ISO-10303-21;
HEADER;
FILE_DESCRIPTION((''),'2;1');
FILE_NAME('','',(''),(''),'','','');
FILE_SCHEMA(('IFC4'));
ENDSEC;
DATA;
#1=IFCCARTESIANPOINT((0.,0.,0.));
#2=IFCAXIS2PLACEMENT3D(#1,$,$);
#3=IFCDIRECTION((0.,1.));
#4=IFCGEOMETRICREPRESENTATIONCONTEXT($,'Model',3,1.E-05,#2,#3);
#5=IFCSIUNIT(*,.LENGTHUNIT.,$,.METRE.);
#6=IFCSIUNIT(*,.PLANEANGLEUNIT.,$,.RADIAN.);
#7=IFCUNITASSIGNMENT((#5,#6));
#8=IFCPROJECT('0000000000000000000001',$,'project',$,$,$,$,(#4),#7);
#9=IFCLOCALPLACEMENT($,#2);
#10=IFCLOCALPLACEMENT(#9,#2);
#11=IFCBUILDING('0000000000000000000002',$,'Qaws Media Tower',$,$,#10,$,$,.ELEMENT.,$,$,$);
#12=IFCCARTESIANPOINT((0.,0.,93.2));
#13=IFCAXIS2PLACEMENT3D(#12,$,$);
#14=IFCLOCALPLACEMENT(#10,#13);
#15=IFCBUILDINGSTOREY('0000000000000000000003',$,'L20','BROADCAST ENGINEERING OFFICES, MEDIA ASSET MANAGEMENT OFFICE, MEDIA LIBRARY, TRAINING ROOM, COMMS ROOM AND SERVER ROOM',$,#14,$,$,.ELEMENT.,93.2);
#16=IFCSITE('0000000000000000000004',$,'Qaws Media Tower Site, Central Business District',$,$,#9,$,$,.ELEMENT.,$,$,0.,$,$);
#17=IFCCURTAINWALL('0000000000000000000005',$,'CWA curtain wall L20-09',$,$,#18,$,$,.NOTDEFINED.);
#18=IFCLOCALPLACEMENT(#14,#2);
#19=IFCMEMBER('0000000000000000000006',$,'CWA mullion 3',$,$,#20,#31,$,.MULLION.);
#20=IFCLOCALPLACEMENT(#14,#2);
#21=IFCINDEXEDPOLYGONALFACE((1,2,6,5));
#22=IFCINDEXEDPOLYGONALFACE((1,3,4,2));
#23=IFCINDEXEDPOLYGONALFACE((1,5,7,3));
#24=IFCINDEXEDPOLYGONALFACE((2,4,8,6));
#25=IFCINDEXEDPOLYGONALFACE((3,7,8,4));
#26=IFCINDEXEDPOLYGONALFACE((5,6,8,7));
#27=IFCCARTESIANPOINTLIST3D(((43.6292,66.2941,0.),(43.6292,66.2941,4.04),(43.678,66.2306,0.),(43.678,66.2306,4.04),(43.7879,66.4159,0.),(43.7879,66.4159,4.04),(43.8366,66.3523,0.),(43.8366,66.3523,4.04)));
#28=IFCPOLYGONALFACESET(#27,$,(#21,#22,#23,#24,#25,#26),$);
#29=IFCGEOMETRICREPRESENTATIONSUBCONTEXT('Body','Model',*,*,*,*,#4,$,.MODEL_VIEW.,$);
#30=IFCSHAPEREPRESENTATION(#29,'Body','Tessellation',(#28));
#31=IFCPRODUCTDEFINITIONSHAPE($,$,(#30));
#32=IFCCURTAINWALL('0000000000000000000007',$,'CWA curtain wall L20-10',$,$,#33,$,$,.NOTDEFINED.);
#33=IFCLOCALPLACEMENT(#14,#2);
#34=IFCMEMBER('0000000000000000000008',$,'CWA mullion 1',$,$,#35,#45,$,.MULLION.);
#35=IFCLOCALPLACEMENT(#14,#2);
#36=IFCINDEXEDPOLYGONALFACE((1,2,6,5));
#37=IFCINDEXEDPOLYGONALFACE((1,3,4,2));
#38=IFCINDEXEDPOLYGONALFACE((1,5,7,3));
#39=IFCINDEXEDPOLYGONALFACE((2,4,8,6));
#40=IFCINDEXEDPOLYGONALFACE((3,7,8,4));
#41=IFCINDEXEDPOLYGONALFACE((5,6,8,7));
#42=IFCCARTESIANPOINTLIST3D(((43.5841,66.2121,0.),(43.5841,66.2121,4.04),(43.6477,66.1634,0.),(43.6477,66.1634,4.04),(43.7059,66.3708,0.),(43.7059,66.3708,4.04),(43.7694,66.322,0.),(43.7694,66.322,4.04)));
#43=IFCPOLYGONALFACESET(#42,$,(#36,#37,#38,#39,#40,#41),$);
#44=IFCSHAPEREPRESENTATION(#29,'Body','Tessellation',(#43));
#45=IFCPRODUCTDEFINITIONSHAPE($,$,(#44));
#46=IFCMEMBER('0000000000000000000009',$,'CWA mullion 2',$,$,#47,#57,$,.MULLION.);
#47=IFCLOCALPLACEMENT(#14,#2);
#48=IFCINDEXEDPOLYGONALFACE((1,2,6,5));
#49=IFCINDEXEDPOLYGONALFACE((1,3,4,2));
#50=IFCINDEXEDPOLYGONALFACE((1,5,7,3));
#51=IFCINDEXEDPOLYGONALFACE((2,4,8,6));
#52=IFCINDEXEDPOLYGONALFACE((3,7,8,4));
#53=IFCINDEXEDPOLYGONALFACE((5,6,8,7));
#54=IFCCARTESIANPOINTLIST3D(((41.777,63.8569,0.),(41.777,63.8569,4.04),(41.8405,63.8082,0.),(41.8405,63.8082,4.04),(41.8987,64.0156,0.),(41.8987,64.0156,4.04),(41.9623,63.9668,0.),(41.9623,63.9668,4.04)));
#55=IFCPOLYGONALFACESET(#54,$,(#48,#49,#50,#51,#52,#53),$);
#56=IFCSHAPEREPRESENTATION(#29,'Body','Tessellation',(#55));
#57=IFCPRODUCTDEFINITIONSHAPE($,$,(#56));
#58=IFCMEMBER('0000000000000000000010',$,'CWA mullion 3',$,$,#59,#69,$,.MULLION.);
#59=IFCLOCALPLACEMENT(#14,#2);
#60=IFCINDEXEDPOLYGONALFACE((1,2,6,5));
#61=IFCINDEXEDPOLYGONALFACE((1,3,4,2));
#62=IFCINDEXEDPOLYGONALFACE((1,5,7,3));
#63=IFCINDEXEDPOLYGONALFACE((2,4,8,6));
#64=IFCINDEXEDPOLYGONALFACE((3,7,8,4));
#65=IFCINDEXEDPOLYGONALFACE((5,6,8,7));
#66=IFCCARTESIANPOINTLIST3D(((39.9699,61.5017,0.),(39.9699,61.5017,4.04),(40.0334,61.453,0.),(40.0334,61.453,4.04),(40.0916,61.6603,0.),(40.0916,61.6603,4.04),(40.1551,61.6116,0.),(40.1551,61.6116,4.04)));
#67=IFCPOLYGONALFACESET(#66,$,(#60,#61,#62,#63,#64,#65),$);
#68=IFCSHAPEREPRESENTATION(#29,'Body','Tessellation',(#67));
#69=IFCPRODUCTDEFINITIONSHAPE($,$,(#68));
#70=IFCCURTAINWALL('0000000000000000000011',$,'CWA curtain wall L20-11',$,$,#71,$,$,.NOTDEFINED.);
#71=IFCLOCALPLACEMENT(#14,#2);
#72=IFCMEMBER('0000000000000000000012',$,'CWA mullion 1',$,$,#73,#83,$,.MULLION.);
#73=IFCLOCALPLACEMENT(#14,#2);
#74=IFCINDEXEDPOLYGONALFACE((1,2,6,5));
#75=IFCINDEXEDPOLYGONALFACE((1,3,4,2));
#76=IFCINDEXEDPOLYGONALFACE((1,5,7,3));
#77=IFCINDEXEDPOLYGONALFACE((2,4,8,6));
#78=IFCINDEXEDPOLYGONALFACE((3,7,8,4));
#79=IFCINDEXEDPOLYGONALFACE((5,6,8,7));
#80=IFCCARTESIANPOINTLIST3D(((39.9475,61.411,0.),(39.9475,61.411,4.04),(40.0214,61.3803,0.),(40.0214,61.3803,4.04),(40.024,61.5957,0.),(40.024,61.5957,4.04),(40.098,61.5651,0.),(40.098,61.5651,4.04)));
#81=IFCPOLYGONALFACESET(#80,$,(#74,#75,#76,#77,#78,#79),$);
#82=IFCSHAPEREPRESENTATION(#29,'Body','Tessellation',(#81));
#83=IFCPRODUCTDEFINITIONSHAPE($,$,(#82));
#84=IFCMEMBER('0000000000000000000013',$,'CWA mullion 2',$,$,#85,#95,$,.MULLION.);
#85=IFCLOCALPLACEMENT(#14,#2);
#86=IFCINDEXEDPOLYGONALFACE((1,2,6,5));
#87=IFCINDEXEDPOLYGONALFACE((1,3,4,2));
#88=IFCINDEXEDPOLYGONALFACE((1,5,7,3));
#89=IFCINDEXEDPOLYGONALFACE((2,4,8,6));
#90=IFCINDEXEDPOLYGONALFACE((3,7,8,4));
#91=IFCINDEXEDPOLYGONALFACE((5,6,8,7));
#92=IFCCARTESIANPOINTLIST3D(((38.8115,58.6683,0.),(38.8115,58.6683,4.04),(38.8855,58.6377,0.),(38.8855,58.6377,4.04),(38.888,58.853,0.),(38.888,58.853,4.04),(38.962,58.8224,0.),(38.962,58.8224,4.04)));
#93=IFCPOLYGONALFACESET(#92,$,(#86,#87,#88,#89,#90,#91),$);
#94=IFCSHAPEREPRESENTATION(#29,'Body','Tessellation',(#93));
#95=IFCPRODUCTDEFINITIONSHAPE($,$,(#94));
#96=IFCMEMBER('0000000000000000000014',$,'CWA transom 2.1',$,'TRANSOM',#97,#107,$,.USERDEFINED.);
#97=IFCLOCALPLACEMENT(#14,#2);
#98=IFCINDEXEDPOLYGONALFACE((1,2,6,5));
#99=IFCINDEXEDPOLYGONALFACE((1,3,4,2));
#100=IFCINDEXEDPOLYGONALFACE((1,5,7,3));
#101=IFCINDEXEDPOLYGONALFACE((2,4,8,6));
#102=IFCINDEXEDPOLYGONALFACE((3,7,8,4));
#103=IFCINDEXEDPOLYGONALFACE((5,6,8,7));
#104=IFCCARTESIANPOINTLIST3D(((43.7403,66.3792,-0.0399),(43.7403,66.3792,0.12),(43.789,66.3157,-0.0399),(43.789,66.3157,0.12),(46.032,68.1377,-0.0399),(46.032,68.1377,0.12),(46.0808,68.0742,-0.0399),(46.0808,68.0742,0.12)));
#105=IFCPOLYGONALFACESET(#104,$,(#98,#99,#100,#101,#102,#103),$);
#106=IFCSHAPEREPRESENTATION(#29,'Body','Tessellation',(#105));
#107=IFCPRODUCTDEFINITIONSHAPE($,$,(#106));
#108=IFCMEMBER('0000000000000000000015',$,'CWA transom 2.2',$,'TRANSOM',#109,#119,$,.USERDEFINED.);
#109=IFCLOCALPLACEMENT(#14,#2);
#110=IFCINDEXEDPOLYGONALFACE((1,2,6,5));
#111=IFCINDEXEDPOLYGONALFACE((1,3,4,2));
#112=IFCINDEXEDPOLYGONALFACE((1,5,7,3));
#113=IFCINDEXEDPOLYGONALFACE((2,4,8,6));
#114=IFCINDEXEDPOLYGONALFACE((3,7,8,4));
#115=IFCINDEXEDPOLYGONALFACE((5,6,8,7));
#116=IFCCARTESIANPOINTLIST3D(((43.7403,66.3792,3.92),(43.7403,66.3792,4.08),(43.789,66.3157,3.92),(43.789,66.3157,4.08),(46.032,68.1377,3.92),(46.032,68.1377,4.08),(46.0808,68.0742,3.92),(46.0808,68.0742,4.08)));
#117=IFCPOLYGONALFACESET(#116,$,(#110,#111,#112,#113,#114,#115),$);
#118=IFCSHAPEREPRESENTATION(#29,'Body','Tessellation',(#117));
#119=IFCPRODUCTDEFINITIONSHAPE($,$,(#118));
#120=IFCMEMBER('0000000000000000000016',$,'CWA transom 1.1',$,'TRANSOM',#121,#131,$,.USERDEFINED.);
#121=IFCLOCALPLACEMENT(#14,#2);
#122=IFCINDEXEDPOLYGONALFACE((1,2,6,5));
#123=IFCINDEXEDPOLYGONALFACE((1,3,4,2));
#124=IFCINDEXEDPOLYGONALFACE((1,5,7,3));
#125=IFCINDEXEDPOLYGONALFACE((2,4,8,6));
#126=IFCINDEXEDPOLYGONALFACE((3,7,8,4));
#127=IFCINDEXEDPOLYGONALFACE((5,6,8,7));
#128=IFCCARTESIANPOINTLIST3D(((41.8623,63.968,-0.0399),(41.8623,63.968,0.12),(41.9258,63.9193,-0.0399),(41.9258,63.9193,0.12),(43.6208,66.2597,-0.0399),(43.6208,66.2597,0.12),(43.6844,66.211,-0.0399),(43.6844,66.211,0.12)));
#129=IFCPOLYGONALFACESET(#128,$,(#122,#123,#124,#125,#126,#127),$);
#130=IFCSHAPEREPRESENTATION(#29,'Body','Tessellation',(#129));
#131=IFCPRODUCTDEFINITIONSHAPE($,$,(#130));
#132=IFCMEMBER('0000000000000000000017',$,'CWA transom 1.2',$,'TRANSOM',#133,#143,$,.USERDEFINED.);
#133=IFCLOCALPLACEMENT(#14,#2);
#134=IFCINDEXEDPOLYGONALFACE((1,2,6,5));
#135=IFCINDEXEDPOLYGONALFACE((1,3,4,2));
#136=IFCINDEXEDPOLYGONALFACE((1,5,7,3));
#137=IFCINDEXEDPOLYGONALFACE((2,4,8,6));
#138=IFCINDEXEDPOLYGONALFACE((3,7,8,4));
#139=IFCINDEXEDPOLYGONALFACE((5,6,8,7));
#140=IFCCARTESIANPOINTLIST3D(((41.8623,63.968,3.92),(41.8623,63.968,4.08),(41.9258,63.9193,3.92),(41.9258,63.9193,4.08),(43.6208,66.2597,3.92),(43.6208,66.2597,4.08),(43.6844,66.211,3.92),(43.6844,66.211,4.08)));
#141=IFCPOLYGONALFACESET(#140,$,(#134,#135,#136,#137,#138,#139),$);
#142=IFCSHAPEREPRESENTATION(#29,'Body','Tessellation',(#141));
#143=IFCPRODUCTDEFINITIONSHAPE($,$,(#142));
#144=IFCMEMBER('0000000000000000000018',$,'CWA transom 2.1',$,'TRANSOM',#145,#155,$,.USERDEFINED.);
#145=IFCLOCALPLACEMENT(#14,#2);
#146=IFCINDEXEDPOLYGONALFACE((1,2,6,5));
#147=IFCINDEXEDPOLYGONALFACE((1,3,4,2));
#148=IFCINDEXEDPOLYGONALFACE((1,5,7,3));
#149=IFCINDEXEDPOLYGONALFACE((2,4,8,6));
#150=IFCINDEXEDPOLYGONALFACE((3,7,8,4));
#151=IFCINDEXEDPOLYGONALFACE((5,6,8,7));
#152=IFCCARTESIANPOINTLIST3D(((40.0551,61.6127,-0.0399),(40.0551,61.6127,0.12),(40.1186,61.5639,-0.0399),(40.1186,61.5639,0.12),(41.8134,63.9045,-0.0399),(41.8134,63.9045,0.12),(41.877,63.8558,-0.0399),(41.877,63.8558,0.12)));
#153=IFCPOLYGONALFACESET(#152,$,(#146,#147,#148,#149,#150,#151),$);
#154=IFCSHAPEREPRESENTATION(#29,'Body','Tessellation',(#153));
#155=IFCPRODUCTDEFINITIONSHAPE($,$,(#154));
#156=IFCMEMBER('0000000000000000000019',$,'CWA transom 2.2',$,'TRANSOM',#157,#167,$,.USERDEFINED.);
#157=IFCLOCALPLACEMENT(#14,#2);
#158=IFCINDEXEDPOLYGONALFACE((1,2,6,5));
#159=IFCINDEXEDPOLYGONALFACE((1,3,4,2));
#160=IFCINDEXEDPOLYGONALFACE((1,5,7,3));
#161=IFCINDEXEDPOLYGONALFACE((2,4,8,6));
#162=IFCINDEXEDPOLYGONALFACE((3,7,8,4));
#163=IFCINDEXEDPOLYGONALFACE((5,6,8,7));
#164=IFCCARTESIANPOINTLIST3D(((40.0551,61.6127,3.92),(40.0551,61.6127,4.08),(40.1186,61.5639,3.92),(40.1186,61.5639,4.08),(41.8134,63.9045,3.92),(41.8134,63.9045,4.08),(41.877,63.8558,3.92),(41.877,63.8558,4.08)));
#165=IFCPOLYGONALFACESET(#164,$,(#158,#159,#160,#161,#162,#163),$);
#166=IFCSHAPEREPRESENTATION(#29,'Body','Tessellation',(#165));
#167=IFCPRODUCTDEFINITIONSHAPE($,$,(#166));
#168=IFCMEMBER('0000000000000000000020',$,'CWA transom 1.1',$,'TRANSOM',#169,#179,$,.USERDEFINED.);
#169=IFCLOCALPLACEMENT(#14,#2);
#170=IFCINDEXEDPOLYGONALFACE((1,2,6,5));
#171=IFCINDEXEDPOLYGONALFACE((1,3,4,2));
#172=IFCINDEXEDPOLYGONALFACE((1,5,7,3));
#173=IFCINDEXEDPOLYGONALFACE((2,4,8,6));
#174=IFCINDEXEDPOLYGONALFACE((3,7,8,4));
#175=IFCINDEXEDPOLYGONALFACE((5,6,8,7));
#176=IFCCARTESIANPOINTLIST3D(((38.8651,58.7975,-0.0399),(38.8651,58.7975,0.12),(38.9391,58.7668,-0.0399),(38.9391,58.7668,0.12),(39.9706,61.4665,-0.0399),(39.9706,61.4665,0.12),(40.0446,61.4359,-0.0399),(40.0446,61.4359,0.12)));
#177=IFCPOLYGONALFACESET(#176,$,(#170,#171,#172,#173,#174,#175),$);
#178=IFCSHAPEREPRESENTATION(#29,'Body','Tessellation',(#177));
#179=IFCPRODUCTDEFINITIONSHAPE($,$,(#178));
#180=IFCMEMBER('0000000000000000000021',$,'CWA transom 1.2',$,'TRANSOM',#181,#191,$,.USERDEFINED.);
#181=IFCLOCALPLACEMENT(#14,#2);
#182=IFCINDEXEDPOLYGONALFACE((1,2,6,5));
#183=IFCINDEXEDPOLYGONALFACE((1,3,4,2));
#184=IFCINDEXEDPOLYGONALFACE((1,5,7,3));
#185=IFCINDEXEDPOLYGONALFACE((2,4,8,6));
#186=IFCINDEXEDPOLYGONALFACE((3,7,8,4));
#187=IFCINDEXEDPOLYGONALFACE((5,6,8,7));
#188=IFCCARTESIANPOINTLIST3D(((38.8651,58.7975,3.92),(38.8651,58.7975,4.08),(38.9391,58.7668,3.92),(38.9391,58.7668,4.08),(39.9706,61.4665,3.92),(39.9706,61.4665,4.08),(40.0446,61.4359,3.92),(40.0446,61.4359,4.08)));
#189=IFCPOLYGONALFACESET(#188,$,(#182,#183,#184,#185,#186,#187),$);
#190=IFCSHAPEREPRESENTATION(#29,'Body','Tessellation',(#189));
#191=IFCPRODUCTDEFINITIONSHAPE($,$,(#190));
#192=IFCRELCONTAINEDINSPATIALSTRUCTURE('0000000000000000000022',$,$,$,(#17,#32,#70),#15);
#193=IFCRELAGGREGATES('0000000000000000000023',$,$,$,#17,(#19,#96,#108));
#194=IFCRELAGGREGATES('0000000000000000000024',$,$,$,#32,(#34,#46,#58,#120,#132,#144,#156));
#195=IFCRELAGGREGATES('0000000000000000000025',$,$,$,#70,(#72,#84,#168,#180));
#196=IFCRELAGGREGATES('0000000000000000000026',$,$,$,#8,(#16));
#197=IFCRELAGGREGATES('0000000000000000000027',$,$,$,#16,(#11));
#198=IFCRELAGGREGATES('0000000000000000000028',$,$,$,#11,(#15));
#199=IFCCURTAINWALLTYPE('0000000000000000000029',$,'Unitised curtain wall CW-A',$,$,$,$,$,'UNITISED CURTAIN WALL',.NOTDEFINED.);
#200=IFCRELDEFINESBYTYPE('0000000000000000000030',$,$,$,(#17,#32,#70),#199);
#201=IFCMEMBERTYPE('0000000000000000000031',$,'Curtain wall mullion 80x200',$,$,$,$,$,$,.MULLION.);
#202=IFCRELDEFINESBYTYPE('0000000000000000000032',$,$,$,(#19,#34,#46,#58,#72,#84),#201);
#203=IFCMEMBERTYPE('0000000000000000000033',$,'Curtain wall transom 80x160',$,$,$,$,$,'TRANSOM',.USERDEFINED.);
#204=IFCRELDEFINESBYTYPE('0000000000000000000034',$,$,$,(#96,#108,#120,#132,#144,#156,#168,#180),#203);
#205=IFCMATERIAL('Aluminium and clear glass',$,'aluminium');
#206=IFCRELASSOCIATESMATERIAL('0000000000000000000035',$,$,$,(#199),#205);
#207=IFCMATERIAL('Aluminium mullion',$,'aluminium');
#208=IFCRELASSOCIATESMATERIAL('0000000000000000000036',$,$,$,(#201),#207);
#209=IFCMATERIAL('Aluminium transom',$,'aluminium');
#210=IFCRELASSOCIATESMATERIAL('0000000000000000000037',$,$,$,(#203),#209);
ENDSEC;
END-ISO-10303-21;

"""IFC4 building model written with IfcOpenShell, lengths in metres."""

from ifc_helpers import new_model, si_unit, direction, frame, origin, origin_2d, place, context, subcontext, project, spatial, rectangle, extrude, material, material_profile, profile_set, type_object, element, aggregate, save


model = new_model("IFC4")

# Units and contexts
model_context = context("Model", 3, precision=1e-05, world=origin(), true_north=direction((0.0, 1.0)))
body_context = subcontext(model_context, "Body", "Model", "MODEL_VIEW")
ifc_project = project(units=[si_unit("LENGTHUNIT", "METRE"), si_unit("PLANEANGLEUNIT", "RADIAN")], contexts=[model_context])

# Site, building, storey
site_placement = place(None, origin())
site = spatial("IfcSite", under=ifc_project, at=site_placement, Name="Qaws Media Tower Site, Central Business District", CompositionType="ELEMENT", RefElevation=0.0)
building_placement = place(site_placement, origin())
building = spatial("IfcBuilding", under=site, at=building_placement, Name="Qaws Media Tower", CompositionType="ELEMENT")
storey_placement = place(building_placement, frame((0.0, 0.0, 93.2)))
storey = spatial("IfcBuildingStorey", under=building, at=storey_placement, Name="L20", Description="BROADCAST ENGINEERING OFFICES, MEDIA ASSET MANAGEMENT OFFICE, MEDIA LIBRARY, TRAINING ROOM, COMMS ROOM AND SERVER ROOM", CompositionType="ELEMENT", Elevation=93.2)

# Curtain wall, member
ifc_material_1 = material(Name="Aluminium and clear glass", Category="aluminium")
curtain_wall_type = type_object("IfcCurtainWallType", Name="Unitised curtain wall CW-A", ElementType="UNITISED CURTAIN WALL", PredefinedType="NOTDEFINED", material=ifc_material_1)
curtain_wall_1_placement = place(storey_placement, origin())
curtain_wall_1 = element("IfcCurtainWall", 1, at=curtain_wall_1_placement, inside=storey, type_object=curtain_wall_type, Name="CWA curtain wall L20-09", PredefinedType="NOTDEFINED")
ifc_material_2 = material(Name="Aluminium mullion", Category="aluminium")
ifc_material_profile_1 = material_profile(ifc_material_2, rectangle(XDim=0.0801, YDim=0.2, at=origin_2d()), Name="80x200")
ifc_profile_set_1 = profile_set([ifc_material_profile_1], Name="Aluminium mullion")
member_type_1 = type_object("IfcMemberType", Name="Curtain wall mullion 80x200", PredefinedType="MULLION", material=ifc_profile_set_1)
member_1_placement = place(storey_placement, frame((43.7329, 66.3232, 0.0), z_axis=(0.0, 0.0, 1.0), x_axis=(0.608762, -0.793353, 0.0)))
member_1 = element("IfcMember", 2, at=member_1_placement, type_object=member_type_1, Name="CWA mullion 3", PredefinedType="MULLION", context=body_context, shape_type="SweptSolid", body=[
    extrude(rectangle(XDim=0.0801, YDim=0.2, at=origin_2d()), origin(), (0.0, 0.0, 1.0), 4.04),
])

# Curtain walls, members
curtain_wall_2_placement = place(storey_placement, origin())
curtain_wall_2 = element("IfcCurtainWall", 3, at=curtain_wall_2_placement, inside=storey, type_object=curtain_wall_type, Name="CWA curtain wall L20-10", PredefinedType="NOTDEFINED")
member_2_placement = place(storey_placement, frame((43.6768, 66.2671, 0.0), z_axis=(0.0, 0.0, 1.0), x_axis=(0.793353, -0.608762, 0.0)))
member_2 = element("IfcMember", 4, at=member_2_placement, type_object=member_type_1, Name="CWA mullion 1", PredefinedType="MULLION", context=body_context, shape_type="SweptSolid", body=[
    extrude(rectangle(XDim=0.0801, YDim=0.2, at=origin_2d()), origin(), (0.0, 0.0, 1.0), 4.04),
])
member_3_placement = place(storey_placement, frame((41.8696, 63.9119, 0.0), z_axis=(0.0, 0.0, 1.0), x_axis=(0.793353, -0.608762, 0.0)))
member_3 = element("IfcMember", 5, at=member_3_placement, type_object=member_type_1, Name="CWA mullion 2", PredefinedType="MULLION", context=body_context, shape_type="SweptSolid", body=[
    extrude(rectangle(XDim=0.0801, YDim=0.2, at=origin_2d()), origin(), (0.0, 0.0, 1.0), 4.04),
])
member_4_placement = place(storey_placement, frame((40.0625, 61.5566, 0.0), z_axis=(0.0, 0.0, 1.0), x_axis=(0.793353, -0.608762, 0.0)))
member_4 = element("IfcMember", 6, at=member_4_placement, type_object=member_type_1, Name="CWA mullion 3", PredefinedType="MULLION", context=body_context, shape_type="SweptSolid", body=[
    extrude(rectangle(XDim=0.0801, YDim=0.2, at=origin_2d()), origin(), (0.0, 0.0, 1.0), 4.04),
])
curtain_wall_3_placement = place(storey_placement, origin())
curtain_wall_3 = element("IfcCurtainWall", 7, at=curtain_wall_3_placement, inside=storey, type_object=curtain_wall_type, Name="CWA curtain wall L20-11", PredefinedType="NOTDEFINED")
member_5_placement = place(storey_placement, frame((40.0227, 61.488, 0.0), z_axis=(0.0, 0.0, 1.0), x_axis=(0.92388, -0.382683, 0.0)))
member_5 = element("IfcMember", 8, at=member_5_placement, type_object=member_type_1, Name="CWA mullion 1", PredefinedType="MULLION", context=body_context, shape_type="SweptSolid", body=[
    extrude(rectangle(XDim=0.0801, YDim=0.2, at=origin_2d()), origin(), (0.0, 0.0, 1.0), 4.04),
])
member_6_placement = place(storey_placement, frame((38.8867, 58.7454, 0.0), z_axis=(0.0, 0.0, 1.0), x_axis=(0.92388, -0.382683, 0.0)))
member_6 = element("IfcMember", 9, at=member_6_placement, type_object=member_type_1, Name="CWA mullion 2", PredefinedType="MULLION", context=body_context, shape_type="SweptSolid", body=[
    extrude(rectangle(XDim=0.0801, YDim=0.2, at=origin_2d()), origin(), (0.0, 0.0, 1.0), 4.04),
])

# Members
ifc_material_3 = material(Name="Aluminium transom", Category="aluminium")
ifc_material_profile_2 = material_profile(ifc_material_3, rectangle(XDim=0.0801, YDim=0.1599, at=origin_2d()), Name="80x160")
ifc_profile_set_2 = profile_set([ifc_material_profile_2], Name="Aluminium transom")
member_type_2 = type_object("IfcMemberType", Name="Curtain wall transom 80x160", ElementType="TRANSOM", PredefinedType="USERDEFINED", material=ifc_profile_set_2)
member_7_placement = place(storey_placement, frame((46.0564, 68.106, 0.04), z_axis=(-0.793349, -0.608767, 0.0), x_axis=(0.608767, -0.793349, 0.0)))
member_7 = element("IfcMember", 10, at=member_7_placement, type_object=member_type_2, Name="CWA transom 2.1", ObjectType="TRANSOM", PredefinedType="USERDEFINED", context=body_context, shape_type="SweptSolid", body=[
    extrude(rectangle(XDim=0.0801, YDim=0.1599, at=origin_2d()), origin(), (0.0, 0.0, 1.0), 2.8887),
])
member_8_placement = place(storey_placement, frame((46.0564, 68.106, 4.0), z_axis=(-0.793349, -0.608767, 0.0), x_axis=(0.608767, -0.793349, 0.0)))
member_8 = element("IfcMember", 11, at=member_8_placement, type_object=member_type_2, Name="CWA transom 2.2", ObjectType="TRANSOM", PredefinedType="USERDEFINED", context=body_context, shape_type="SweptSolid", body=[
    extrude(rectangle(XDim=0.0801, YDim=0.1599, at=origin_2d()), origin(), (0.0, 0.0, 1.0), 2.8887),
])
member_9_placement = place(storey_placement, frame((43.6526, 66.2354, 0.04), z_axis=(-0.608767, -0.793349, 0.0), x_axis=(0.793349, -0.608767, 0.0)))
member_9 = element("IfcMember", 12, at=member_9_placement, type_object=member_type_2, Name="CWA transom 1.1", ObjectType="TRANSOM", PredefinedType="USERDEFINED", context=body_context, shape_type="SweptSolid", body=[
    extrude(rectangle(XDim=0.0801, YDim=0.1599, at=origin_2d()), origin(), (0.0, 0.0, 1.0), 2.8887),
])
member_10_placement = place(storey_placement, frame((43.6526, 66.2354, 4.0), z_axis=(-0.608767, -0.793349, 0.0), x_axis=(0.793349, -0.608767, 0.0)))
member_10 = element("IfcMember", 13, at=member_10_placement, type_object=member_type_2, Name="CWA transom 1.2", ObjectType="TRANSOM", PredefinedType="USERDEFINED", context=body_context, shape_type="SweptSolid", body=[
    extrude(rectangle(XDim=0.0801, YDim=0.1599, at=origin_2d()), origin(), (0.0, 0.0, 1.0), 2.8887),
])
member_11_placement = place(storey_placement, frame((41.8452, 63.8801, 0.04), z_axis=(-0.608714, -0.79339, 0.0), x_axis=(0.79339, -0.608714, 0.0)))
member_11 = element("IfcMember", 14, at=member_11_placement, type_object=member_type_2, Name="CWA transom 2.1", ObjectType="TRANSOM", PredefinedType="USERDEFINED", context=body_context, shape_type="SweptSolid", body=[
    extrude(rectangle(XDim=0.0801, YDim=0.1599, at=origin_2d()), origin(), (0.0, 0.0, 1.0), 2.8887),
])
member_12_placement = place(storey_placement, frame((41.8452, 63.8801, 4.0), z_axis=(-0.608714, -0.79339, 0.0), x_axis=(0.79339, -0.608714, 0.0)))
member_12 = element("IfcMember", 15, at=member_12_placement, type_object=member_type_2, Name="CWA transom 2.2", ObjectType="TRANSOM", PredefinedType="USERDEFINED", context=body_context, shape_type="SweptSolid", body=[
    extrude(rectangle(XDim=0.0801, YDim=0.1599, at=origin_2d()), origin(), (0.0, 0.0, 1.0), 2.8887),
])
member_13_placement = place(storey_placement, frame((40.0076, 61.4512, 0.04), z_axis=(-0.38267, -0.923885, 0.0), x_axis=(0.923885, -0.38267, 0.0)))
member_13 = element("IfcMember", 16, at=member_13_placement, type_object=member_type_2, Name="CWA transom 1.1", ObjectType="TRANSOM", PredefinedType="USERDEFINED", context=body_context, shape_type="SweptSolid", body=[
    extrude(rectangle(XDim=0.0801, YDim=0.1599, at=origin_2d()), origin(), (0.0, 0.0, 1.0), 2.8889),
])
member_14_placement = place(storey_placement, frame((40.0076, 61.4512, 4.0), z_axis=(-0.38267, -0.923885, 0.0), x_axis=(0.923885, -0.38267, 0.0)))
member_14 = element("IfcMember", 17, at=member_14_placement, type_object=member_type_2, Name="CWA transom 1.2", ObjectType="TRANSOM", PredefinedType="USERDEFINED", context=body_context, shape_type="SweptSolid", body=[
    extrude(rectangle(XDim=0.0801, YDim=0.1599, at=origin_2d()), origin(), (0.0, 0.0, 1.0), 2.8889),
])

aggregate(curtain_wall_1, [member_1, member_7, member_8])
aggregate(curtain_wall_2, [member_2, member_3, member_4, member_9, member_10, member_11, member_12])
aggregate(curtain_wall_3, [member_5, member_6, member_13, member_14])

save(model, "model.ifc")
